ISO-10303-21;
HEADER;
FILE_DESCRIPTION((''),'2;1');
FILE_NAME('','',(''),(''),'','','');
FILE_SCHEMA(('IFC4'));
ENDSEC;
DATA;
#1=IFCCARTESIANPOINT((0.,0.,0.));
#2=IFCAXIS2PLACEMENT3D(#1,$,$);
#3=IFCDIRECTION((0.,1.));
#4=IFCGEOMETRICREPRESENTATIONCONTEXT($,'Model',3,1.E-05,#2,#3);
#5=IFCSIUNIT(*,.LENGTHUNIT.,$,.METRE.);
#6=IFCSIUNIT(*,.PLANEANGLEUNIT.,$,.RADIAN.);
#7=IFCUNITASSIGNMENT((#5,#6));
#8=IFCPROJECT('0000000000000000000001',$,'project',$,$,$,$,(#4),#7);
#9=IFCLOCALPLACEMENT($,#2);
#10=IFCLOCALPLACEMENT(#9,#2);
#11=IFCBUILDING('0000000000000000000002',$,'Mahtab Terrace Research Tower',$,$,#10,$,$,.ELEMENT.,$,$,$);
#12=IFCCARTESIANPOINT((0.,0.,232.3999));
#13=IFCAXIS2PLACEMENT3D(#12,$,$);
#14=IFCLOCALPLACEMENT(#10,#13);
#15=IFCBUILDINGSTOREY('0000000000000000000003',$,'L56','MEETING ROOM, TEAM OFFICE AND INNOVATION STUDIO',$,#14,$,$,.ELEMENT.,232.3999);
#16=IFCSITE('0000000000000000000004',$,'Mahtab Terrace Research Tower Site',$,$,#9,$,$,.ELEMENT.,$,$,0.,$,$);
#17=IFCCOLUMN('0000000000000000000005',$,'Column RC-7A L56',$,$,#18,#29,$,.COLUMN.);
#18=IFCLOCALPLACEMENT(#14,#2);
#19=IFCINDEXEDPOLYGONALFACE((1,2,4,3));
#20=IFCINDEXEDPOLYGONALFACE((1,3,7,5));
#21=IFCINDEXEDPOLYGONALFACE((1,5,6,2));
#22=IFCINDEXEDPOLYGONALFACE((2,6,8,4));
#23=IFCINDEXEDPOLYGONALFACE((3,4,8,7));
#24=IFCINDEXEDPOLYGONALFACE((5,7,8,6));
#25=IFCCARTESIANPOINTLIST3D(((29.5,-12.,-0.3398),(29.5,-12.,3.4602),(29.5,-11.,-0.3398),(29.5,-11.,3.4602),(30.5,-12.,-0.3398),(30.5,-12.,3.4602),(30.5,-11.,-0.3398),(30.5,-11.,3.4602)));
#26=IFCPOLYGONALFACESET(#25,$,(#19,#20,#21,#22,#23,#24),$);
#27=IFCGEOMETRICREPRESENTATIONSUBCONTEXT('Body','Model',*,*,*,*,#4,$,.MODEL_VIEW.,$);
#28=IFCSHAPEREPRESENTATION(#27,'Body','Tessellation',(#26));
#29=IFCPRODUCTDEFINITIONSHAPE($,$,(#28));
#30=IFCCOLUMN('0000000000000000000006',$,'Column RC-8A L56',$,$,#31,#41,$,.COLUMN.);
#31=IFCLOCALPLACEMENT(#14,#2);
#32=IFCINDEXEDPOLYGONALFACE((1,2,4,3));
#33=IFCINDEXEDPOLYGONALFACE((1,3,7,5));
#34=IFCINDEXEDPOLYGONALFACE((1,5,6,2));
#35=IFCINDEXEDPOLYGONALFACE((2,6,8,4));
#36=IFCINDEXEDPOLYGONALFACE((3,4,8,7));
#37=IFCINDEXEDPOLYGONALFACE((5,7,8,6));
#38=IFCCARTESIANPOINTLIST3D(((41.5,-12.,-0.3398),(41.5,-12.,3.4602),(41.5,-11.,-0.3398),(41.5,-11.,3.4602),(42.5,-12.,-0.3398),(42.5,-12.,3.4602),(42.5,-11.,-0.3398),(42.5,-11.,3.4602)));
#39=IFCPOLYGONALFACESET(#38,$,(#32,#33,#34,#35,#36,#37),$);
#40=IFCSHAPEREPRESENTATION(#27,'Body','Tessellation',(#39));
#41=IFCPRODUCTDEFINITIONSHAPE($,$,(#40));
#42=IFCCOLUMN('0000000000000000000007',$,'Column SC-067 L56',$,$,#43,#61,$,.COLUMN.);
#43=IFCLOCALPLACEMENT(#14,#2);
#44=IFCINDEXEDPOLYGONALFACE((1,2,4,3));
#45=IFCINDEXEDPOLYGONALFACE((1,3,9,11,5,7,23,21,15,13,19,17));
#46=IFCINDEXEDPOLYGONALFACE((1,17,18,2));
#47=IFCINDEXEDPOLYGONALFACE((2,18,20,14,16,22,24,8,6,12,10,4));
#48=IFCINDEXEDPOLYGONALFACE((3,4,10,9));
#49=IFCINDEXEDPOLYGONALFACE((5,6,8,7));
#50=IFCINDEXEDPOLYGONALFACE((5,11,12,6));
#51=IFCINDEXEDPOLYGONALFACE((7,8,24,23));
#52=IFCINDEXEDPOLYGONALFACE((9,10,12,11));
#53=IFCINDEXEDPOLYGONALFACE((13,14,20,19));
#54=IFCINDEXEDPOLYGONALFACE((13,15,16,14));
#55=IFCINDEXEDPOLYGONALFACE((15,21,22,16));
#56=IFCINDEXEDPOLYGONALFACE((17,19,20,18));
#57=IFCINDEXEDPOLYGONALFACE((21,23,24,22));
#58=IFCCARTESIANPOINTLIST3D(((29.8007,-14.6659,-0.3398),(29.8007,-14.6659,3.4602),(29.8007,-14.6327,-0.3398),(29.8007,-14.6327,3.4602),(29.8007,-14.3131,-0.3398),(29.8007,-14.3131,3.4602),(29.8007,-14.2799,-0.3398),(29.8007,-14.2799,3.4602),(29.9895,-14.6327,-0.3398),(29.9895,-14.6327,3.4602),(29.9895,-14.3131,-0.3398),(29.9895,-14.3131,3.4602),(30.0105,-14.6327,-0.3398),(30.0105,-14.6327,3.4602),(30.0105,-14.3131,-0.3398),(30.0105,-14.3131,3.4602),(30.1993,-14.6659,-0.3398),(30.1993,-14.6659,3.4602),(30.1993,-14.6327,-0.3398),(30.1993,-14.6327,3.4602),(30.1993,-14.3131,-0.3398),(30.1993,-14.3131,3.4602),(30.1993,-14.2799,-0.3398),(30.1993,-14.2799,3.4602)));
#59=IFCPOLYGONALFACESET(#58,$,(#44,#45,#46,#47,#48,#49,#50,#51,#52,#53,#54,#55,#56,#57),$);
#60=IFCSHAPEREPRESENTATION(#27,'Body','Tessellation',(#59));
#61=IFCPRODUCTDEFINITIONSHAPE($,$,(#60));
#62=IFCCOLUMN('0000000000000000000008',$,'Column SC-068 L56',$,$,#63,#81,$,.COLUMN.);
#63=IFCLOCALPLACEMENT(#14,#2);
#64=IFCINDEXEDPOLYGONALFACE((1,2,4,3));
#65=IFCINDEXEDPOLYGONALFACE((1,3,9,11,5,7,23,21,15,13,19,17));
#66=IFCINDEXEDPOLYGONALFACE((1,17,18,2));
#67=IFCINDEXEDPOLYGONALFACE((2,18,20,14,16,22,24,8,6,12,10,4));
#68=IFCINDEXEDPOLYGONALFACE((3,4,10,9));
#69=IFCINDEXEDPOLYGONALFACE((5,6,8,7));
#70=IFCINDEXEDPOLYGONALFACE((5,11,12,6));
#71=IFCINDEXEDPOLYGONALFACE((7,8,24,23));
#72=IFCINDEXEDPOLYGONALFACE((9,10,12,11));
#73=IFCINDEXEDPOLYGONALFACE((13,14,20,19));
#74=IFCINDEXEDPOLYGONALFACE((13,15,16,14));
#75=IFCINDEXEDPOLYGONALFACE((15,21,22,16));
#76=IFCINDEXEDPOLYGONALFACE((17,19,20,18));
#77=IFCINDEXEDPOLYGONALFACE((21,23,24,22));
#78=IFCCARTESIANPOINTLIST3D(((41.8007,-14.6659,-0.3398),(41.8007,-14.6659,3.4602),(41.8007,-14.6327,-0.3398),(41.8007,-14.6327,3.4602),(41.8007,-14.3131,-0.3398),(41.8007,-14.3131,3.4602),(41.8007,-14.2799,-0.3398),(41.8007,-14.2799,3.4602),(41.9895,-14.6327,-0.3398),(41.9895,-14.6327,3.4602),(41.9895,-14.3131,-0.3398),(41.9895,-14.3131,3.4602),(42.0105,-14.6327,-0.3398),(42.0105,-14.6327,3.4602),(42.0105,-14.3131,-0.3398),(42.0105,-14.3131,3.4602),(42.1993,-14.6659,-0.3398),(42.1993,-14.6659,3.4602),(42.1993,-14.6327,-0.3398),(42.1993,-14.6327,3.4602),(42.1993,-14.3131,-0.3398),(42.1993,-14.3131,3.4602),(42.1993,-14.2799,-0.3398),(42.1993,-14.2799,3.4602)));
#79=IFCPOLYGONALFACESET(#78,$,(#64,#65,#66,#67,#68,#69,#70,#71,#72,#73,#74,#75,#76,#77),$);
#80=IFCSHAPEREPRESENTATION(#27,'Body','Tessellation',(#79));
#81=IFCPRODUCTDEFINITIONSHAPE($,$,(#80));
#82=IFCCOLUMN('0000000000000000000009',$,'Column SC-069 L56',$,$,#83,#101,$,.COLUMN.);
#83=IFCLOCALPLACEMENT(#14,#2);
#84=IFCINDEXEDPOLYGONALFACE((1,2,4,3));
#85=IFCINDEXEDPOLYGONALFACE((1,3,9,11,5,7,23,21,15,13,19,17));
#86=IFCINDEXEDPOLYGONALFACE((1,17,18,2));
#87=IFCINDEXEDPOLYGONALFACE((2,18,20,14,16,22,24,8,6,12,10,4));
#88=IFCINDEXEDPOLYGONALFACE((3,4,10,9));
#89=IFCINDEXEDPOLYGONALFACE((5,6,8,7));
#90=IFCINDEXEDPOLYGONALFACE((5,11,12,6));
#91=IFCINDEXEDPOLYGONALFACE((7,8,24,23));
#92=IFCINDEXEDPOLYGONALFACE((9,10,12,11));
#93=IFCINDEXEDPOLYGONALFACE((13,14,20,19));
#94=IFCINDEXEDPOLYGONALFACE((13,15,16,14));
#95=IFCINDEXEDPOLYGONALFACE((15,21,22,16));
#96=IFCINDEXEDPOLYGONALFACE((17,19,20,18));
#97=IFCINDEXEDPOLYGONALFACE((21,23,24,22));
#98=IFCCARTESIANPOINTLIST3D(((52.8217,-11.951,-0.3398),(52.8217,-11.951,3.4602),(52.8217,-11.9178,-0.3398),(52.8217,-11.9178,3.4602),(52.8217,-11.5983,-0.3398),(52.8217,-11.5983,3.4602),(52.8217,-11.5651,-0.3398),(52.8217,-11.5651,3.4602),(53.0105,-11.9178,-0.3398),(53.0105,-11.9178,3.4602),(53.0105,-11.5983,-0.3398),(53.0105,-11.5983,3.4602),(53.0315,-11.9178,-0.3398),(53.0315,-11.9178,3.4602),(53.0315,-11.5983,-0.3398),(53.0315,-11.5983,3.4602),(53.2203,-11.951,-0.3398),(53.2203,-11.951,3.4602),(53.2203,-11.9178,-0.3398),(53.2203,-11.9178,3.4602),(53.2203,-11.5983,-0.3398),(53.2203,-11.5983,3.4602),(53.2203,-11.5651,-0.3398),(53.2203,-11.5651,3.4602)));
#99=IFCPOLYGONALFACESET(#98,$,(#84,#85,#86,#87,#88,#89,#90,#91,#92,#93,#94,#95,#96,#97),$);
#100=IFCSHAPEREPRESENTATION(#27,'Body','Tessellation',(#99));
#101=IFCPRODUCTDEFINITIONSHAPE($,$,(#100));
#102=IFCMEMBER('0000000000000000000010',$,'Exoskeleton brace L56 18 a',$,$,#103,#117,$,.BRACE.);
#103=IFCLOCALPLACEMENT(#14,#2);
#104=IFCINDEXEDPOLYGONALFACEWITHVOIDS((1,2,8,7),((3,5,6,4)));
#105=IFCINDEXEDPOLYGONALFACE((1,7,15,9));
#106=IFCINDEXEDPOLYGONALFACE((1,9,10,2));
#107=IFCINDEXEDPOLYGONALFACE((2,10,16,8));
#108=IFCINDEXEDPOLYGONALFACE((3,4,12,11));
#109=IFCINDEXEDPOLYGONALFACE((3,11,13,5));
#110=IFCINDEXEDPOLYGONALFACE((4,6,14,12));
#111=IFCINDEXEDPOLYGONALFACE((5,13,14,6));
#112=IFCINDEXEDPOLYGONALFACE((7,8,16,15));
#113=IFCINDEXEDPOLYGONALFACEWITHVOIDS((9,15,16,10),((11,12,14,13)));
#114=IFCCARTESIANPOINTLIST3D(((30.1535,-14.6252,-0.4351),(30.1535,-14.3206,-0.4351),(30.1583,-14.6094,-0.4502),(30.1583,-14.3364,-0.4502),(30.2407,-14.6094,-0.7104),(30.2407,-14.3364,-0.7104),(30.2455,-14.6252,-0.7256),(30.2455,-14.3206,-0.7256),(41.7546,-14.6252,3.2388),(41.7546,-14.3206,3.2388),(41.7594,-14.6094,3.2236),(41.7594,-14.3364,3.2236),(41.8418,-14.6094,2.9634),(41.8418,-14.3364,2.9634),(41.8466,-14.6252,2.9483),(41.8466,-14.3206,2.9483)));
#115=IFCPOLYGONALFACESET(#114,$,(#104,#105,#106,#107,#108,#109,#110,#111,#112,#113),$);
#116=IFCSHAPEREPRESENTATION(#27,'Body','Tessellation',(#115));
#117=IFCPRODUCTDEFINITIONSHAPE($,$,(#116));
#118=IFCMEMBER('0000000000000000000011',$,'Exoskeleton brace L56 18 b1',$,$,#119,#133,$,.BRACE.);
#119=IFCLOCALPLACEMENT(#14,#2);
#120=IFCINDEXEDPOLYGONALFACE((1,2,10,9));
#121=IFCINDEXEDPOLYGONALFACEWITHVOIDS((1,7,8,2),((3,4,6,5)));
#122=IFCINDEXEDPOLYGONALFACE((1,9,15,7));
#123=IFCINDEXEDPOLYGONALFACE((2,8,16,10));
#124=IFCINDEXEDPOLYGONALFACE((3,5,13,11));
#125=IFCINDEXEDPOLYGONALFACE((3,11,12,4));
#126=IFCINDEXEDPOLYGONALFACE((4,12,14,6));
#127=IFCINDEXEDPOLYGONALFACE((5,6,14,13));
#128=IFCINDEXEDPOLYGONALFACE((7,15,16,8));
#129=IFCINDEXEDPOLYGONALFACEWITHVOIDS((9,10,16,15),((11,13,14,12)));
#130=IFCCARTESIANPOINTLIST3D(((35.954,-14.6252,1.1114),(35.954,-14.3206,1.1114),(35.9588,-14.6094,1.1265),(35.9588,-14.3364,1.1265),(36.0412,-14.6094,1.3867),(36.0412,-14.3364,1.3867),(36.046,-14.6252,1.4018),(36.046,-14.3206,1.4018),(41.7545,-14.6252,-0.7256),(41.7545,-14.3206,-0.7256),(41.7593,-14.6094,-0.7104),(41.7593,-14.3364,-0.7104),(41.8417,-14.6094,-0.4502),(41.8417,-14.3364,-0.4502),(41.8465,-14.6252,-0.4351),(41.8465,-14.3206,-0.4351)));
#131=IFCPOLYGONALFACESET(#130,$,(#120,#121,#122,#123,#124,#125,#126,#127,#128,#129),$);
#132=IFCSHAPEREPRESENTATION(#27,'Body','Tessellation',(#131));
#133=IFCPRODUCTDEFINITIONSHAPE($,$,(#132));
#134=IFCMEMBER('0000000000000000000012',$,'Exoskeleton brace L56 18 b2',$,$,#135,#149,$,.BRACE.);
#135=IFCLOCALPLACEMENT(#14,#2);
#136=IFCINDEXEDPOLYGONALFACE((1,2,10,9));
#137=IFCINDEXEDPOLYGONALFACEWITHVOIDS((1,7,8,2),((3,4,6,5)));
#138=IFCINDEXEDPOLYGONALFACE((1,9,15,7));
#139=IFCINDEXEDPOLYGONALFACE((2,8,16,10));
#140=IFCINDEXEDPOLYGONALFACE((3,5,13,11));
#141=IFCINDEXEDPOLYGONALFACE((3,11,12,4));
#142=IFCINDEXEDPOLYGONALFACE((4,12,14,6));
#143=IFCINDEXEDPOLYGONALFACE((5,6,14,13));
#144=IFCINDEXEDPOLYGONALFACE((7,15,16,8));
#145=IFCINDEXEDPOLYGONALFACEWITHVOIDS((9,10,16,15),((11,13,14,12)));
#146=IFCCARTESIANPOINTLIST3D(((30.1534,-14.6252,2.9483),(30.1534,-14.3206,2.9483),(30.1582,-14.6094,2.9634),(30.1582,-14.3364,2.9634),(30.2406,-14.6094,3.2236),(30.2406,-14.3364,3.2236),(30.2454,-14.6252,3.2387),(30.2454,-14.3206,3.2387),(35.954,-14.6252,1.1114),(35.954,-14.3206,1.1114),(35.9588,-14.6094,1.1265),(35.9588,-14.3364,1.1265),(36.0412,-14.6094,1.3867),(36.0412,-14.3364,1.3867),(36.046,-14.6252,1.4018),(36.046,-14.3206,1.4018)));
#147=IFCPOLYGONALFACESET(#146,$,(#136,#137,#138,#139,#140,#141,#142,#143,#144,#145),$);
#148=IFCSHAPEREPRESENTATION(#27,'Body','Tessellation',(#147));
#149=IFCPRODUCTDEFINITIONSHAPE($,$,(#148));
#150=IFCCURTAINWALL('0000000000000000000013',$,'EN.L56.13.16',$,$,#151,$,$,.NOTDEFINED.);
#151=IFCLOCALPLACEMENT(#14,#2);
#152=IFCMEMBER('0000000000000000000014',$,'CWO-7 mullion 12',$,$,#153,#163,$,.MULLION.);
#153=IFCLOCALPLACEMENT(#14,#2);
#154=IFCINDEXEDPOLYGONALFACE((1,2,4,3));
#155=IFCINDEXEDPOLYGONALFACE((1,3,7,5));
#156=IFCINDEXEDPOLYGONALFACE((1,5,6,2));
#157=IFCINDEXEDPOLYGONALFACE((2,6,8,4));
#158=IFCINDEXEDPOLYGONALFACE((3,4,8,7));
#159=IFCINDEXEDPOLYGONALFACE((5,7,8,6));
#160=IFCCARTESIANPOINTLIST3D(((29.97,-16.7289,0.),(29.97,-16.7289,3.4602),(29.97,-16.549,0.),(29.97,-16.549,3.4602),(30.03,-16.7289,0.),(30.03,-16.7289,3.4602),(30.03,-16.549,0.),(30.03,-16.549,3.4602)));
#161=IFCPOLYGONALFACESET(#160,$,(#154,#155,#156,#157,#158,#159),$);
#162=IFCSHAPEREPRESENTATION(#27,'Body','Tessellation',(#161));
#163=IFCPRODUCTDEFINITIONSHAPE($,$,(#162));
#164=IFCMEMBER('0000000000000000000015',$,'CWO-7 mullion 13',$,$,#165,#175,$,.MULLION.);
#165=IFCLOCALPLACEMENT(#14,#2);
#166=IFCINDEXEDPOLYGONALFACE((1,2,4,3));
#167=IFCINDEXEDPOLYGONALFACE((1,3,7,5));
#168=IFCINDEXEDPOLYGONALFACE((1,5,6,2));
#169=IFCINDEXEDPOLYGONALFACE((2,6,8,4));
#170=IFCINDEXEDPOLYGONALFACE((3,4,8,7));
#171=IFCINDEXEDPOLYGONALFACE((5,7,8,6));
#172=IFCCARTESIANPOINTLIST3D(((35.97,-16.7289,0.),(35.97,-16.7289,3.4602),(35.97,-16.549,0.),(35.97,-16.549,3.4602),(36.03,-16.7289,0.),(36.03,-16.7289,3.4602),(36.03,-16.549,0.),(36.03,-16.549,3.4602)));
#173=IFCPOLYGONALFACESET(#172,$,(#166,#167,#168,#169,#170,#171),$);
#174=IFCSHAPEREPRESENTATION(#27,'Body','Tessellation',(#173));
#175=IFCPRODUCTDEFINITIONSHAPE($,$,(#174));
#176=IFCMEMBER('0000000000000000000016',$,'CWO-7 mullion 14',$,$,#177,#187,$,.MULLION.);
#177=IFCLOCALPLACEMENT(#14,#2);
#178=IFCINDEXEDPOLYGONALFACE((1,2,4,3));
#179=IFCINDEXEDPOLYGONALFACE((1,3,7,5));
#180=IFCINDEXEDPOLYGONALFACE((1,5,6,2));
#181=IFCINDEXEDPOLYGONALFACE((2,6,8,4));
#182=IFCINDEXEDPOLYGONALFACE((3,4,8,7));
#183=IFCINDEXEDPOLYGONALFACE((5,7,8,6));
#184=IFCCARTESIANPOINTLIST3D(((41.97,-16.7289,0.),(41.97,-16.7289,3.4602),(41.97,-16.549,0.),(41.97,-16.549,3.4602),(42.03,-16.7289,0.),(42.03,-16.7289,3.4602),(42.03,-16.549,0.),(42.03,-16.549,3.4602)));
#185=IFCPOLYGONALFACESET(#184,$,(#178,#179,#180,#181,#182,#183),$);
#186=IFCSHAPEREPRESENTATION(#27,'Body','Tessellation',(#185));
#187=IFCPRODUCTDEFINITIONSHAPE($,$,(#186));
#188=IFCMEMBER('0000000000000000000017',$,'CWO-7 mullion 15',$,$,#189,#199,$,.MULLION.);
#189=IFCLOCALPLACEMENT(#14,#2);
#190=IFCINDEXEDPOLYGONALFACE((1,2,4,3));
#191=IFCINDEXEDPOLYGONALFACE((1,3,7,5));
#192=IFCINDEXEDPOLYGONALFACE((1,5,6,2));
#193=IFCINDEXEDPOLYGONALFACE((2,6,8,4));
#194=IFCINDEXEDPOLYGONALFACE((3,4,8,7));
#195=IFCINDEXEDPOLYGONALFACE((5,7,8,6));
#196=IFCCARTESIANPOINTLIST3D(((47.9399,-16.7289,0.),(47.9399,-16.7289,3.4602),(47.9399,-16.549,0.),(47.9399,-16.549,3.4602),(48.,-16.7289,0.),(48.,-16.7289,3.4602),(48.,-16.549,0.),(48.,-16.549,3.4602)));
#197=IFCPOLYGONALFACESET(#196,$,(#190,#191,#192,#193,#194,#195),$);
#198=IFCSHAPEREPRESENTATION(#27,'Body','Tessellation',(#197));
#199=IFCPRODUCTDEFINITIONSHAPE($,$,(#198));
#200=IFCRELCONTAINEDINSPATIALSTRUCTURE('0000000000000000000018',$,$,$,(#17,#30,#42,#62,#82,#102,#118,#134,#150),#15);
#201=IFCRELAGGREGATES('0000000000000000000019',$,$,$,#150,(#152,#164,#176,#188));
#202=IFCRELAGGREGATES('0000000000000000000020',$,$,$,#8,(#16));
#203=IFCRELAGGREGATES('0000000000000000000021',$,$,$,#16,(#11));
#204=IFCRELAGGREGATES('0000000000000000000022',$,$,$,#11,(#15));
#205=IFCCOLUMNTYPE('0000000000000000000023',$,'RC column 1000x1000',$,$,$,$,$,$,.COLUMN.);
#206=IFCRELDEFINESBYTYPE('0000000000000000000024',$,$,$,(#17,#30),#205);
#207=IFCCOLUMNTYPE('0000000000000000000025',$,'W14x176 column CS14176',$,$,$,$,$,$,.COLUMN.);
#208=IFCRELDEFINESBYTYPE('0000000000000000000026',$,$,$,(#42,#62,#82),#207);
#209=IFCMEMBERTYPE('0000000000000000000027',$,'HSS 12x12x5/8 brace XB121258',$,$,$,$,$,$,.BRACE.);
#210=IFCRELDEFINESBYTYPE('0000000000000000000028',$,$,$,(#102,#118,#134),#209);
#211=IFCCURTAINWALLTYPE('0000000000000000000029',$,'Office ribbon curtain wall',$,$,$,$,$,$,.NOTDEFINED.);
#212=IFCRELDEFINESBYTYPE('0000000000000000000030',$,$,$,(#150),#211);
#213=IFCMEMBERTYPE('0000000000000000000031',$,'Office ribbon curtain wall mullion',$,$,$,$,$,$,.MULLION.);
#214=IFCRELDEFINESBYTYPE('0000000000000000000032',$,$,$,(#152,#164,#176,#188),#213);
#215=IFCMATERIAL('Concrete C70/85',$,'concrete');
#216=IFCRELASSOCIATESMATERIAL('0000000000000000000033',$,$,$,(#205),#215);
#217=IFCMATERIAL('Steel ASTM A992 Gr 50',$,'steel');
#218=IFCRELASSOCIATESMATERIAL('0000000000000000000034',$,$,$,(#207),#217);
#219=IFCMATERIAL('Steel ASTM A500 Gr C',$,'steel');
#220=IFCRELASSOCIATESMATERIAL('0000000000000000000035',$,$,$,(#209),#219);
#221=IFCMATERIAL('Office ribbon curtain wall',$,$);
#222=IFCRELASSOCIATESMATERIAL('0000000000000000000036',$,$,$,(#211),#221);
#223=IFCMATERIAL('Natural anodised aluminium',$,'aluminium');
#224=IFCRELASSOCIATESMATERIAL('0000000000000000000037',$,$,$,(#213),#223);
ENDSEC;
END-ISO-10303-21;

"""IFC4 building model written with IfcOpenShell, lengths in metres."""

from ifc_helpers import new_model, si_unit, direction, frame, origin, origin_2d, place, context, subcontext, project, spatial, rectangle, hollow_rectangle, i_section, extrude, material, material_profile, profile_set, type_object, element, aggregate, save


model = new_model("IFC4")

# Units and contexts
model_context = context("Model", 3, precision=1e-05, world=origin(), true_north=direction((0.0, 1.0)))
body_context = subcontext(model_context, "Body", "Model", "MODEL_VIEW")
ifc_project = project(units=[si_unit("LENGTHUNIT", "METRE"), si_unit("PLANEANGLEUNIT", "RADIAN")], contexts=[model_context])

# Site, building, storey
site_placement = place(None, origin())
site = spatial("IfcSite", under=ifc_project, at=site_placement, Name="Mahtab Terrace Research Tower Site", CompositionType="ELEMENT", RefElevation=0.0)
building_placement = place(site_placement, origin())
building = spatial("IfcBuilding", under=site, at=building_placement, Name="Mahtab Terrace Research Tower", CompositionType="ELEMENT")
storey_placement = place(building_placement, frame((0.0, 0.0, 232.3999)))
storey = spatial("IfcBuildingStorey", under=building, at=storey_placement, Name="L56", Description="MEETING ROOM, TEAM OFFICE AND INNOVATION STUDIO", CompositionType="ELEMENT", Elevation=232.3999)

# Columns
ifc_material_1 = material(Name="Concrete C70/85", Category="concrete")
ifc_material_profile_1 = material_profile(ifc_material_1, rectangle(XDim=1.0, YDim=1.0, at=origin_2d()), Name="RC column 1000x1000")
ifc_profile_set_1 = profile_set([ifc_material_profile_1], Name="Concrete C70/85")
column_type_1 = type_object("IfcColumnType", Name="RC column 1000x1000", PredefinedType="COLUMN", material=ifc_profile_set_1)
for number, where, z_axis, x_axis, name in (
    (1, (30.0, -11.5, -0.3398), (0.0, 0.0, 1.0), (1.0, 0.0, 0.0), "Column RC-7A L56"),
    (2, (42.0, -11.5, -0.3398), (0.0, 0.0, 1.0), (1.0, 0.0, 0.0), "Column RC-8A L56"),
):
    element("IfcColumn", number, at=place(storey_placement, frame(where, z_axis=z_axis, x_axis=x_axis)), inside=storey, type_object=column_type_1, Name=name, PredefinedType="COLUMN", context=body_context, shape_type="SweptSolid", body=[
        extrude(rectangle(XDim=1.0, YDim=1.0, at=origin_2d()), origin(), (0.0, 0.0, 1.0), 3.8),
    ])
ifc_material_2 = material(Name="Steel ASTM A992 Gr 50", Category="steel")
ifc_material_profile_2 = material_profile(ifc_material_2, i_section(OverallWidth=0.3987, OverallDepth=0.386, WebThickness=0.021, FlangeThickness=0.0332, at=origin_2d()), Name="W14X176")
ifc_profile_set_2 = profile_set([ifc_material_profile_2], Name="Steel ASTM A992 Gr 50")
column_type_2 = type_object("IfcColumnType", Name="W14x176 column CS14176", PredefinedType="COLUMN", material=ifc_profile_set_2)
for number, where, z_axis, x_axis, name in (
    (3, (30.0, -14.4729, -0.3398), (0.0, 0.0, 1.0), (1.0, 0.0, 0.0), "Column SC-067 L56"),
    (4, (42.0, -14.4729, -0.3398), (0.0, 0.0, 1.0), (1.0, 0.0, 0.0), "Column SC-068 L56"),
    (5, (53.021, -11.7581, -0.3398), (0.0, 0.0, 1.0), (1.0, 0.0, 0.0), "Column SC-069 L56"),
):
    element("IfcColumn", number, at=place(storey_placement, frame(where, z_axis=z_axis, x_axis=x_axis)), inside=storey, type_object=column_type_2, Name=name, PredefinedType="COLUMN", context=body_context, shape_type="SweptSolid", body=[
        extrude(i_section(OverallWidth=0.3987, OverallDepth=0.386, WebThickness=0.021, FlangeThickness=0.0332, at=origin_2d()), origin(), (0.0, 0.0, 1.0), 3.8),
    ])

# Members
ifc_material_3 = material(Name="Steel ASTM A500 Gr C", Category="steel")
ifc_material_profile_3 = material_profile(ifc_material_3, hollow_rectangle(XDim=0.3047, YDim=0.3047, WallThickness=0.0159, at=origin_2d()), Name="HSS12X12X5/8")
ifc_profile_set_3 = profile_set([ifc_material_profile_3], Name="Steel ASTM A500 Gr C")
member_type_1 = type_object("IfcMemberType", Name="HSS 12x12x5/8 brace XB121258", PredefinedType="BRACE", material=ifc_profile_set_3)
member_1_placement = place(storey_placement, frame((30.1995, -14.4729, -0.5803), z_axis=(0.953339, 0.0, 0.301903), x_axis=(0.0, 1.0, 0.0)))
element("IfcMember", 6, at=member_1_placement, inside=storey, type_object=member_type_1, Name="Exoskeleton brace L56 18 a", PredefinedType="BRACE", context=body_context, shape_type="SweptSolid", body=[
    extrude(hollow_rectangle(XDim=0.3047, YDim=0.3047, WallThickness=0.0159, at=origin_2d()), origin(), (0.0, 0.0, 1.0), 12.1689),
])
for number, where, z_axis, x_axis, name in (
    (7, (41.8005, -14.4729, -0.5803), (-0.953339, 0.0, 0.301903), (0.0, -1.0, 0.0), "Exoskeleton brace L56 18 b1"),
    (8, (36.0, -14.4729, 1.2566), (-0.953339, 0.0, 0.301903), (0.0, -1.0, 0.0), "Exoskeleton brace L56 18 b2"),
):
    element("IfcMember", number, at=place(storey_placement, frame(where, z_axis=z_axis, x_axis=x_axis)), inside=storey, type_object=member_type_1, Name=name, PredefinedType="BRACE", context=body_context, shape_type="SweptSolid", body=[
        extrude(hollow_rectangle(XDim=0.3047, YDim=0.3047, WallThickness=0.0159, at=origin_2d()), origin(), (0.0, 0.0, 1.0), 6.0845),
    ])

# Curtain wall, members
ifc_material_4 = material(Name="Office ribbon curtain wall")
curtain_wall_type = type_object("IfcCurtainWallType", Name="Office ribbon curtain wall", PredefinedType="NOTDEFINED", material=ifc_material_4)
curtain_wall_placement = place(storey_placement, origin())
curtain_wall = element("IfcCurtainWall", 9, at=curtain_wall_placement, inside=storey, type_object=curtain_wall_type, Name="EN.L56.13.16", PredefinedType="NOTDEFINED")
ifc_material_5 = material(Name="Natural anodised aluminium", Category="aluminium")
ifc_material_profile_4 = material_profile(ifc_material_5, rectangle(XDim=0.1799, YDim=0.0601, at=origin_2d()), Name="MULLION 60x180")
ifc_profile_set_4 = profile_set([ifc_material_profile_4], Name="Natural anodised aluminium")
member_type_2 = type_object("IfcMemberType", Name="Office ribbon curtain wall mullion", PredefinedType="MULLION", material=ifc_profile_set_4)
member_2_placement = place(storey_placement, frame((30.0, -16.6389, 0.0), z_axis=(0.0, 0.0, 1.0), x_axis=(0.0, 1.0, 0.0)))
member_2 = element("IfcMember", 10, at=member_2_placement, type_object=member_type_2, Name="CWO-7 mullion 12", PredefinedType="MULLION", context=body_context, shape_type="SweptSolid", body=[
    extrude(rectangle(XDim=0.1799, YDim=0.0601, at=origin_2d()), origin(), (0.0, 0.0, 1.0), 3.4602),
])
member_3_placement = place(storey_placement, frame((36.0, -16.6389, 0.0), z_axis=(0.0, 0.0, 1.0), x_axis=(0.0, 1.0, 0.0)))
member_3 = element("IfcMember", 11, at=member_3_placement, type_object=member_type_2, Name="CWO-7 mullion 13", PredefinedType="MULLION", context=body_context, shape_type="SweptSolid", body=[
    extrude(rectangle(XDim=0.1799, YDim=0.0601, at=origin_2d()), origin(), (0.0, 0.0, 1.0), 3.4602),
])
member_4_placement = place(storey_placement, frame((42.0, -16.6389, 0.0), z_axis=(0.0, 0.0, 1.0), x_axis=(0.0, 1.0, 0.0)))
member_4 = element("IfcMember", 12, at=member_4_placement, type_object=member_type_2, Name="CWO-7 mullion 14", PredefinedType="MULLION", context=body_context, shape_type="SweptSolid", body=[
    extrude(rectangle(XDim=0.1799, YDim=0.0601, at=origin_2d()), origin(), (0.0, 0.0, 1.0), 3.4602),
])
member_5_placement = place(storey_placement, frame((47.97, -16.6389, 0.0), z_axis=(0.0, 0.0, 1.0), x_axis=(0.0, 1.0, 0.0)))
member_5 = element("IfcMember", 13, at=member_5_placement, type_object=member_type_2, Name="CWO-7 mullion 15", PredefinedType="MULLION", context=body_context, shape_type="SweptSolid", body=[
    extrude(rectangle(XDim=0.1799, YDim=0.0601, at=origin_2d()), origin(), (0.0, 0.0, 1.0), 3.4602),
])

aggregate(curtain_wall, [member_2, member_3, member_4, member_5])

save(model, "model.ifc")
